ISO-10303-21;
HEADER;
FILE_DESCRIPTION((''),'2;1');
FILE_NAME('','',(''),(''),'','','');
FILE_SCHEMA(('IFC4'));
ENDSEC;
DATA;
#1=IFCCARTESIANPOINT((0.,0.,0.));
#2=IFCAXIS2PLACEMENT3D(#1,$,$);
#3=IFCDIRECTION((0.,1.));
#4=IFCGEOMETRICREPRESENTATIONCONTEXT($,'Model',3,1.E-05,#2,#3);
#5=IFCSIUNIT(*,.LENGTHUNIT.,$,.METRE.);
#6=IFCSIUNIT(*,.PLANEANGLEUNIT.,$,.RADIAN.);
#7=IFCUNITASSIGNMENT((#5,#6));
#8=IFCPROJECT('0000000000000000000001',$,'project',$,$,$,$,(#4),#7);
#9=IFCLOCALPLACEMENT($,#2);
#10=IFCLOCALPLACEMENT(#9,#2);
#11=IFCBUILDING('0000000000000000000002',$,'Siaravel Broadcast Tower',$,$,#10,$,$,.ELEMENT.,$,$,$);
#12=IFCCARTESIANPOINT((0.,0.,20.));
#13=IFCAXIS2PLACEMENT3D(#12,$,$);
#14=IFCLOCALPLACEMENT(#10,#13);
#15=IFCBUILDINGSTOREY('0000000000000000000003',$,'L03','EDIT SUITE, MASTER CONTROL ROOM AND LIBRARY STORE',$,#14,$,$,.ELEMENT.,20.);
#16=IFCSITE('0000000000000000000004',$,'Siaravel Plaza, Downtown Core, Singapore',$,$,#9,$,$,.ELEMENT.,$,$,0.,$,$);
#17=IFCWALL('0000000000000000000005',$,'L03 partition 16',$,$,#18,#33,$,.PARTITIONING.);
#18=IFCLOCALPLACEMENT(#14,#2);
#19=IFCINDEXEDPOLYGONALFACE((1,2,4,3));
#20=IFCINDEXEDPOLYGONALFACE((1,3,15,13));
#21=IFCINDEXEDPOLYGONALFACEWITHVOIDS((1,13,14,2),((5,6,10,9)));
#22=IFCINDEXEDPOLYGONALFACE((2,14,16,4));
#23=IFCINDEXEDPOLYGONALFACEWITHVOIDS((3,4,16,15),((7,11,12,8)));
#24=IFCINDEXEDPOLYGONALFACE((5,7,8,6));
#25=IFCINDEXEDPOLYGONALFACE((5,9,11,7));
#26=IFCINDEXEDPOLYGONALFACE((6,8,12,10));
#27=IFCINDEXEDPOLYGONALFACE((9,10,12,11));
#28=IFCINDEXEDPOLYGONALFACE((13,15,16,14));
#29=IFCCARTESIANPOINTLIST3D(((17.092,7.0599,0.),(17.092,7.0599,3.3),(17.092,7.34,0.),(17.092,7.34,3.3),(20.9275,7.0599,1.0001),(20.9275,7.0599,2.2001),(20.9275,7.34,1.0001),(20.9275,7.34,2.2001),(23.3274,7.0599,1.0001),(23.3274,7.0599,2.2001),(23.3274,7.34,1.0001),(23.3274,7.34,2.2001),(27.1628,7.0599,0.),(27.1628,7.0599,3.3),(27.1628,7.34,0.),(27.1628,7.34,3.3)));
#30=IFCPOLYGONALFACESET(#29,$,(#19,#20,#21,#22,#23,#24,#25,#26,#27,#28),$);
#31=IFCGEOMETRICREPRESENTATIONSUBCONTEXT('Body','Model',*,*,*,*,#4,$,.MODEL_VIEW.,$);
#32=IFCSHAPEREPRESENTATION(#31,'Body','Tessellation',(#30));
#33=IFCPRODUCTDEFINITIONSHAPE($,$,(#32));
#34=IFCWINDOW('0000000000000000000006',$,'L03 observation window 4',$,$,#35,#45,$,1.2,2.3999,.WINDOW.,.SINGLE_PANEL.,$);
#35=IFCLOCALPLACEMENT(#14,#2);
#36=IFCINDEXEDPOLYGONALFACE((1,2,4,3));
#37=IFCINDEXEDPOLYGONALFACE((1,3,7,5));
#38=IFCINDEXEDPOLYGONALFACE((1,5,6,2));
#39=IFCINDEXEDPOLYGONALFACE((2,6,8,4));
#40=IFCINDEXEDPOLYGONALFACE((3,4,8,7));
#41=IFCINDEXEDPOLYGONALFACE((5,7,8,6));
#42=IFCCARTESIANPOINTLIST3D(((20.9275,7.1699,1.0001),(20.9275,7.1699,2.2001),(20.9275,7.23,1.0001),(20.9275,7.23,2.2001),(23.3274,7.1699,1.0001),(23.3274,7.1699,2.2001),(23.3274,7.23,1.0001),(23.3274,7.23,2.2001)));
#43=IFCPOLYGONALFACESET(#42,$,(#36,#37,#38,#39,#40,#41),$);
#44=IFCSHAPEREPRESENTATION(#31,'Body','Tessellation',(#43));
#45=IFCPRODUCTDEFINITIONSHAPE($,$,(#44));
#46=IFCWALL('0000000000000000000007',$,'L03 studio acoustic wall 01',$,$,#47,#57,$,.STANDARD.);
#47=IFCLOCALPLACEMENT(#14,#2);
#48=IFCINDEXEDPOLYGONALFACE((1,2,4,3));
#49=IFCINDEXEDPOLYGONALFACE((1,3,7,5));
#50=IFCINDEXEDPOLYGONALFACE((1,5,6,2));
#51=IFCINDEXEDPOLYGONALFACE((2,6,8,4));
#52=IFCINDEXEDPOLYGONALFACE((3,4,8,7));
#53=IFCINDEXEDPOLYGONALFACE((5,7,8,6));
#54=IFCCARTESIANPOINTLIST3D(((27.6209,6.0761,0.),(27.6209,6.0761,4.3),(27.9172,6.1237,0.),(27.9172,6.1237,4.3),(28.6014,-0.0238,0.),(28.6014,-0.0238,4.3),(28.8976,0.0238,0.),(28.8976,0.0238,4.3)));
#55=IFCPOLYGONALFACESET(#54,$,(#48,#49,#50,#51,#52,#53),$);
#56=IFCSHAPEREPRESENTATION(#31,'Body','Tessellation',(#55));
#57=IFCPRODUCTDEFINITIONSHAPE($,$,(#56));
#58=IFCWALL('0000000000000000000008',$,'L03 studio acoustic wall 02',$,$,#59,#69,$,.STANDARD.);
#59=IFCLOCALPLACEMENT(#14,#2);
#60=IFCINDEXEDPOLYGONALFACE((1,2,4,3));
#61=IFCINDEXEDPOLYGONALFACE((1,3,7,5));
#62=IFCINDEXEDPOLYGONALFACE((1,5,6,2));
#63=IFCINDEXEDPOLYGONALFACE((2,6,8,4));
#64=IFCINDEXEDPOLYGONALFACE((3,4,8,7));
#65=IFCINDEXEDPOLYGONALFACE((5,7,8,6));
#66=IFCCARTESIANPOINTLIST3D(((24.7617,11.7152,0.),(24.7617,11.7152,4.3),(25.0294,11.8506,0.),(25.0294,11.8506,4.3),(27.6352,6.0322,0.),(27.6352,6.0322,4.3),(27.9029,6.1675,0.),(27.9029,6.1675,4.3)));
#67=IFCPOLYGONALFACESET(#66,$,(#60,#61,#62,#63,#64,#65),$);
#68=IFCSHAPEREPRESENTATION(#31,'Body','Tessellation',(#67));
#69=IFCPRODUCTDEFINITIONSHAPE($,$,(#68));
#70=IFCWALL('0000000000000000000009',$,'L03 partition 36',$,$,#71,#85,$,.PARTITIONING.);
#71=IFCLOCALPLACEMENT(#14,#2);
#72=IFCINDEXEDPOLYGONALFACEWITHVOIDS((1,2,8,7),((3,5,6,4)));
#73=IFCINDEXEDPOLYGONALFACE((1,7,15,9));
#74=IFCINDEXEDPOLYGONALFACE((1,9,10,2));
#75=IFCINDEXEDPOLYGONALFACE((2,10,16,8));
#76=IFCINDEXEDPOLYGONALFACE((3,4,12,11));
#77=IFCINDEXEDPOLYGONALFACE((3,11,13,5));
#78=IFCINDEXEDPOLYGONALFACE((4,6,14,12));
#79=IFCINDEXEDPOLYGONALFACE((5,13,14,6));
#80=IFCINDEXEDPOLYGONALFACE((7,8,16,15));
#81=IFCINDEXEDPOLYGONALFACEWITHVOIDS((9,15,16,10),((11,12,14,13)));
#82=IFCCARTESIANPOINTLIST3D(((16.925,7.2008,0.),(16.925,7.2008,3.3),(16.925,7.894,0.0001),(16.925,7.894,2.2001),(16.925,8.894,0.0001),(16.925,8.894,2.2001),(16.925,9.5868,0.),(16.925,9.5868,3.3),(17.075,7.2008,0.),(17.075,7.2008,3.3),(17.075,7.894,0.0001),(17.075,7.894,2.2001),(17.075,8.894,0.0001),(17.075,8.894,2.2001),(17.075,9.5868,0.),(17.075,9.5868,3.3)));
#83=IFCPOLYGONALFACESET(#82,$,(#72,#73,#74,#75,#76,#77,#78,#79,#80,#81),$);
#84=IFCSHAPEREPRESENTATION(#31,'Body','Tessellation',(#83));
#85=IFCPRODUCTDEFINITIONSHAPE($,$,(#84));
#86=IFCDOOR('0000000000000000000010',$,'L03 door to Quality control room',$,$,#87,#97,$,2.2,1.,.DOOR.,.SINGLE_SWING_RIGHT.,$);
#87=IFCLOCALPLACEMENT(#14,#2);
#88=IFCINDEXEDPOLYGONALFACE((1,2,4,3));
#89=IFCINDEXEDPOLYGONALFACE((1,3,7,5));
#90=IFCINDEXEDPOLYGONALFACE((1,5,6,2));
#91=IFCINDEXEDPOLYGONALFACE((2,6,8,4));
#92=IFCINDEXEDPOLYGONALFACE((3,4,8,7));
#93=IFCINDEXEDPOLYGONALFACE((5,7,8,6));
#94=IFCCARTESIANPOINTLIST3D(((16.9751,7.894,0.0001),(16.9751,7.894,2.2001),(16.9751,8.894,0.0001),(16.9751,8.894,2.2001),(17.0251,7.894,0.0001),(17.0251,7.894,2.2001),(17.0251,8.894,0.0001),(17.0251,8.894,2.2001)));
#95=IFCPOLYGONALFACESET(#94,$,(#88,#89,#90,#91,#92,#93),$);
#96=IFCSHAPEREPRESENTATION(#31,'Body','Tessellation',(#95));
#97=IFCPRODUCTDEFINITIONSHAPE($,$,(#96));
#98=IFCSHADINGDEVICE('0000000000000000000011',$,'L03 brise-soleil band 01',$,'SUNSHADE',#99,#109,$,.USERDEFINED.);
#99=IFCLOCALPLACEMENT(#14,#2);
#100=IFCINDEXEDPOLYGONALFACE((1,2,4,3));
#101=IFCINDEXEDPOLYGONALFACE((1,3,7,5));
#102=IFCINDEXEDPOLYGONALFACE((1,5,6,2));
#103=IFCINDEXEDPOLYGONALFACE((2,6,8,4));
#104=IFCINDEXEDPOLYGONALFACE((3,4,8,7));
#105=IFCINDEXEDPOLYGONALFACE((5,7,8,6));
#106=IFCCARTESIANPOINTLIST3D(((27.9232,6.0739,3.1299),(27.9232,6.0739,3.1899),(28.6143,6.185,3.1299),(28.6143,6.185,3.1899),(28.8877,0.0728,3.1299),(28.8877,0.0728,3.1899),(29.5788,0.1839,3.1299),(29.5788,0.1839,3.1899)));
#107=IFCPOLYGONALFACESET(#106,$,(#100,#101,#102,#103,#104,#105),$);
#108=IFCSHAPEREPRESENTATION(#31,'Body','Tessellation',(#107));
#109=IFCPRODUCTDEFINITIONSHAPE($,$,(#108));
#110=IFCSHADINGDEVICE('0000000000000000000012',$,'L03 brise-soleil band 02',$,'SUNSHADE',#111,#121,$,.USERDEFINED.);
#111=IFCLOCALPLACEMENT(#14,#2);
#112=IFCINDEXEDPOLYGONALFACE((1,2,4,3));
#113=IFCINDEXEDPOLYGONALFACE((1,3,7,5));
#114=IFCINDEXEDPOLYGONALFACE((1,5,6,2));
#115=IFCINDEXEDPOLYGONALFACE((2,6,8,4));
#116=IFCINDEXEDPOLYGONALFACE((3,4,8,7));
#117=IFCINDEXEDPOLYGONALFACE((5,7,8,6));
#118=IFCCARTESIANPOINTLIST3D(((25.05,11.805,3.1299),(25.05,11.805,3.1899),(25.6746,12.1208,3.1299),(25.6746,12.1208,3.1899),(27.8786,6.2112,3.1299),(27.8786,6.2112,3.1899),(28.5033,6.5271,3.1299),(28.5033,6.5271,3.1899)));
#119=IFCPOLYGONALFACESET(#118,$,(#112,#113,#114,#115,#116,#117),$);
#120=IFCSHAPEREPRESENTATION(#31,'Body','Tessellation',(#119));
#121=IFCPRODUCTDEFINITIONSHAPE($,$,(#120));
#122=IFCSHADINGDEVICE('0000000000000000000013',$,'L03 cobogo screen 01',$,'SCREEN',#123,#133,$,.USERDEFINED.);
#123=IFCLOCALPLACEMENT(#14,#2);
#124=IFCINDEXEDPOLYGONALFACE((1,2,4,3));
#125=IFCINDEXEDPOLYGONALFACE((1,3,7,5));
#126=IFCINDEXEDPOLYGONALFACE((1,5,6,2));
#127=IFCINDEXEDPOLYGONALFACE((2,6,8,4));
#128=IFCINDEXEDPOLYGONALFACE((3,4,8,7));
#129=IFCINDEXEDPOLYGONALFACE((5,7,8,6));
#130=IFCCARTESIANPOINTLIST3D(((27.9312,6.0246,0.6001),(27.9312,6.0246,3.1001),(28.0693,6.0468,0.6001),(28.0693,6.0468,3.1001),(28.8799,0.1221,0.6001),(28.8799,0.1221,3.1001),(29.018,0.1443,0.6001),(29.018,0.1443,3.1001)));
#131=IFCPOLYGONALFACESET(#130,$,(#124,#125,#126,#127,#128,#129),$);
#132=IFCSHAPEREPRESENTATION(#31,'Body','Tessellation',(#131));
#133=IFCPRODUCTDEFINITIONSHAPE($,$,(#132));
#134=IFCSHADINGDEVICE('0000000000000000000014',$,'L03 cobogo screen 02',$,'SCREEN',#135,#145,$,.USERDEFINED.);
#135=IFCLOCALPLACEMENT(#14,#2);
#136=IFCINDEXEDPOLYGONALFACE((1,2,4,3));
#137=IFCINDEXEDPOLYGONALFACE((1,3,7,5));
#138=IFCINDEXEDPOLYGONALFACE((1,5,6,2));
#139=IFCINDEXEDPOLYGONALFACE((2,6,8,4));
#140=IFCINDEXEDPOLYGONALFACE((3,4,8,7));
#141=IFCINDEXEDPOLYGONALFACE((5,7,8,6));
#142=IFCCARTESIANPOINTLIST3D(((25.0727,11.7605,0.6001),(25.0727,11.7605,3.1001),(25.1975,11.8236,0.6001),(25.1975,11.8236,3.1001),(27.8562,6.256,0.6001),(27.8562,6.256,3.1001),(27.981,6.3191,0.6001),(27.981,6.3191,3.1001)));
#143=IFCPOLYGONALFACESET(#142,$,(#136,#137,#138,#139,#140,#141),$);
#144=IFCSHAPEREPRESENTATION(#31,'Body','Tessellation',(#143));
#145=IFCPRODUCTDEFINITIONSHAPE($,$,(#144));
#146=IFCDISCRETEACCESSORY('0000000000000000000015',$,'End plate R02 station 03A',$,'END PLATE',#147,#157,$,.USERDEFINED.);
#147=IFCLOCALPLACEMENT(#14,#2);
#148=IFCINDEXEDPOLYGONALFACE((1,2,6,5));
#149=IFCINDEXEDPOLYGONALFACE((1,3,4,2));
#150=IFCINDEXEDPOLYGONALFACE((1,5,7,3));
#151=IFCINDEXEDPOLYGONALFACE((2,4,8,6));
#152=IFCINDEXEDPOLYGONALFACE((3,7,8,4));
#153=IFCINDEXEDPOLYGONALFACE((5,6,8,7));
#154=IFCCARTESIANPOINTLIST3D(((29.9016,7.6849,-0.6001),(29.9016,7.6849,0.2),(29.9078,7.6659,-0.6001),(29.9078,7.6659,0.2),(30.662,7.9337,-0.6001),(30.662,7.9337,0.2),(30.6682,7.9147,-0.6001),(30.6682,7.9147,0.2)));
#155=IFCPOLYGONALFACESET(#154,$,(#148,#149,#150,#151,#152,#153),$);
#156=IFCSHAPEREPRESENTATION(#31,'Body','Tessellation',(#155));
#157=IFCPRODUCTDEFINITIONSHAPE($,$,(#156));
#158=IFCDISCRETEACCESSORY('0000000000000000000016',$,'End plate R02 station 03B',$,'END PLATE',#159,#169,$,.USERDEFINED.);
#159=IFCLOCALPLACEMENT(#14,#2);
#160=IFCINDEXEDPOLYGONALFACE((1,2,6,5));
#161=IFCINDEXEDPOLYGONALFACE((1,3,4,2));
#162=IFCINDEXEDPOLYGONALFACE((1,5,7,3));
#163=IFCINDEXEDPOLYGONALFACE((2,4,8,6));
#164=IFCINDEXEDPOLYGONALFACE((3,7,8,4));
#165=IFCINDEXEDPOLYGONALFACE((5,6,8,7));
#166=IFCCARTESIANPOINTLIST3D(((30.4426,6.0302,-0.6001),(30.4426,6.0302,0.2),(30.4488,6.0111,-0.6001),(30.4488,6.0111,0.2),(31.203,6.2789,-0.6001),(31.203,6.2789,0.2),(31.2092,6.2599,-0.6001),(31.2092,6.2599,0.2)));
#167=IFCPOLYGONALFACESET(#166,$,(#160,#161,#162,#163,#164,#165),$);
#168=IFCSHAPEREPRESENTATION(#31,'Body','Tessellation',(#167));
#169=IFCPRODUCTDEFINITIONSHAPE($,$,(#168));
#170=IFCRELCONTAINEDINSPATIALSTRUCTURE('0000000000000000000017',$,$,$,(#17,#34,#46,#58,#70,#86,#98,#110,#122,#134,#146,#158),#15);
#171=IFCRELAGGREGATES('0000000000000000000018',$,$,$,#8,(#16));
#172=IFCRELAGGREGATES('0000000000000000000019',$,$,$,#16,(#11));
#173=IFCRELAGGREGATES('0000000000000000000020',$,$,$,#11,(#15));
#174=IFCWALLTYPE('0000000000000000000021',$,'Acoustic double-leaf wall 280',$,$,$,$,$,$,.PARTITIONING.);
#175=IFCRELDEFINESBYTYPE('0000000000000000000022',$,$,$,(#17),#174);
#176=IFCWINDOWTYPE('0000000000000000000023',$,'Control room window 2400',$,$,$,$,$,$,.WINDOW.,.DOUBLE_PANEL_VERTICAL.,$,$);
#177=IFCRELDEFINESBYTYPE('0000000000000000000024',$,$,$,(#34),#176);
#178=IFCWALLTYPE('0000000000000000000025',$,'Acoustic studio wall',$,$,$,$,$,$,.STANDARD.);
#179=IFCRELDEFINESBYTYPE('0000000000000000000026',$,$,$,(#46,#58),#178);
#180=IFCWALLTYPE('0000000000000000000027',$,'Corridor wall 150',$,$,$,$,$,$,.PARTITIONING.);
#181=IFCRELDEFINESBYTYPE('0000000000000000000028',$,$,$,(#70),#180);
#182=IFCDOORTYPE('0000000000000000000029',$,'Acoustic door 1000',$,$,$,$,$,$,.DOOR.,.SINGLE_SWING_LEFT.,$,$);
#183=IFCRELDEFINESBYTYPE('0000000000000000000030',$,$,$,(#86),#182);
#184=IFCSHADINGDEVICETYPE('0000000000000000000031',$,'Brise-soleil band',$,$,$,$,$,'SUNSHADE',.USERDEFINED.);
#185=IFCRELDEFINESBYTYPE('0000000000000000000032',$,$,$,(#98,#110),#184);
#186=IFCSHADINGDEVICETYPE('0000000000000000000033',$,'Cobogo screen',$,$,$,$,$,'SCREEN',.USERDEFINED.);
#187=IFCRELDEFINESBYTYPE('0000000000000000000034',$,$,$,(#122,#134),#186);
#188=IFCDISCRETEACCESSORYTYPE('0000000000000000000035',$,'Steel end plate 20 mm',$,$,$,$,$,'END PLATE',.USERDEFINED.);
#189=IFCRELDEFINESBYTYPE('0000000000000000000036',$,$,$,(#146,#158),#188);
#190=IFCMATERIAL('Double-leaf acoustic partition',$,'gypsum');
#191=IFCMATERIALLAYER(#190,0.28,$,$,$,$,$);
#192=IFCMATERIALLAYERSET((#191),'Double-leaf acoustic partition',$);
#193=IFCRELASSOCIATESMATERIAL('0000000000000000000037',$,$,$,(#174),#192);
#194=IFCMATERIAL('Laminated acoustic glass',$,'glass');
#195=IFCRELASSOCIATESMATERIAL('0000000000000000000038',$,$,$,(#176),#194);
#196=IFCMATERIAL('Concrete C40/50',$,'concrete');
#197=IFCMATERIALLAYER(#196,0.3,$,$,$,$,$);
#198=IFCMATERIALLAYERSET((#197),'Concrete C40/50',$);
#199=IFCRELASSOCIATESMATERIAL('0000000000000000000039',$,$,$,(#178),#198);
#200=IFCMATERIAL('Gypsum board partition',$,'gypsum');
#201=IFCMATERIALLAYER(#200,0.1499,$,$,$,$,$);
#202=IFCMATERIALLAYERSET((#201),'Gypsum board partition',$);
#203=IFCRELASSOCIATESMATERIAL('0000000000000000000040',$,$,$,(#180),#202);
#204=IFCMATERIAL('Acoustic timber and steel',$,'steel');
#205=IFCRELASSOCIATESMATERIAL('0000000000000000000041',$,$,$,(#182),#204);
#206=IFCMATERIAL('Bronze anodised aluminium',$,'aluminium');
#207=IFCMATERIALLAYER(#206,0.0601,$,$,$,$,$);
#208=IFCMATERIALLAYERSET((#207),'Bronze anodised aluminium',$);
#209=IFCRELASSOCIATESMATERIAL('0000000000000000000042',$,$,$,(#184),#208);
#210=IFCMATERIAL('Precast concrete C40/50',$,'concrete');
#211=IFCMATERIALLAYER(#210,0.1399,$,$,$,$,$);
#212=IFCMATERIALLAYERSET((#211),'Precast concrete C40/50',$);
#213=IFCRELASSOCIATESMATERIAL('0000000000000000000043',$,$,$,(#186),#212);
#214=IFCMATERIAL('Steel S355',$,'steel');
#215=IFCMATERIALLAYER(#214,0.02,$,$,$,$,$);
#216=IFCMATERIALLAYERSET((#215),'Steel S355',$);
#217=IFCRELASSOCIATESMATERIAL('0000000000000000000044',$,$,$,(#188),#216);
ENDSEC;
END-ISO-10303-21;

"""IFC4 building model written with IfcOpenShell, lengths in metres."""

from ifc_helpers import new_model, si_unit, direction, frame, frame_2d, origin, origin_2d, place, context, subcontext, project, spatial, rectangle, extrude, material, layer, layer_set, type_object, element, fill, save


model = new_model("IFC4")

# Units and contexts
model_context = context("Model", 3, precision=1e-05, world=origin(), true_north=direction((0.0, 1.0)))
body_context = subcontext(model_context, "Body", "Model", "MODEL_VIEW")
ifc_project = project(units=[si_unit("LENGTHUNIT", "METRE"), si_unit("PLANEANGLEUNIT", "RADIAN")], contexts=[model_context])

# Site, building, storey
site_placement = place(None, origin())
site = spatial("IfcSite", under=ifc_project, at=site_placement, Name="Siaravel Plaza, Downtown Core, Singapore", CompositionType="ELEMENT", RefElevation=0.0)
building_placement = place(site_placement, origin())
building = spatial("IfcBuilding", under=site, at=building_placement, Name="Siaravel Broadcast Tower", CompositionType="ELEMENT")
storey_placement = place(building_placement, frame((0.0, 0.0, 20.0)))
storey = spatial("IfcBuildingStorey", under=building, at=storey_placement, Name="L03", Description="EDIT SUITE, MASTER CONTROL ROOM AND LIBRARY STORE", CompositionType="ELEMENT", Elevation=20.0)

# Shared definitions
ifc_material_1 = material(Name="Steel S355", Category="steel")

# Wall, opening, window
ifc_material_2 = material(Name="Double-leaf acoustic partition", Category="gypsum")
ifc_layer_1 = layer(ifc_material_2, 0.28)
ifc_layer_set_1 = layer_set([ifc_layer_1], Name="Double-leaf acoustic partition")
wall_type_1 = type_object("IfcWallType", Name="Acoustic double-leaf wall 280", PredefinedType="PARTITIONING", material=ifc_layer_set_1)
wall_1_placement = place(storey_placement, frame((27.1628, 7.2, 0.0), z_axis=(0.0, 0.0, 1.0), x_axis=(-1.0, 0.0, 0.0)))
wall_1 = element("IfcWall", 1, at=wall_1_placement, inside=storey, type_object=wall_type_1, Name="L03 partition 16", PredefinedType="PARTITIONING", context=body_context, shape_type="SweptSolid", body=[
    extrude(rectangle(XDim=10.0708, YDim=0.28, at=frame_2d((5.0354, 0.0))), origin(), (0.0, 0.0, 1.0), 3.3),
])
opening_1_placement = place(wall_1_placement, frame((3.8354, 0.0, 1.0)))
opening_1 = element("IfcOpeningElement", 2, at=opening_1_placement, cuts=wall_1, PredefinedType="OPENING", context=body_context, shape_type="SweptSolid", body=[
    extrude(rectangle(XDim=2.3999, YDim=1.2, at=frame_2d((1.2, 0.6001))), frame((0.0, 0.1499, 0.0), z_axis=(0.0, -1.0, 0.0), x_axis=(1.0, 0.0, 0.0)), (0.0, 0.0, 1.0), 0.3),
])
ifc_material_3 = material(Name="Laminated acoustic glass", Category="glass")
window_type = type_object("IfcWindowType", Name="Control room window 2400", PartitioningType="DOUBLE_PANEL_VERTICAL", PredefinedType="WINDOW", material=ifc_material_3)
window_placement = place(opening_1_placement, origin())
window = element("IfcWindow", 3, at=window_placement, inside=storey, type_object=window_type, Name="L03 observation window 4", OverallHeight=1.2, OverallWidth=2.3999, PartitioningType="SINGLE_PANEL", PredefinedType="WINDOW", context=body_context, shape_type="SweptSolid", body=[
    extrude(rectangle(XDim=2.3999, YDim=1.2, at=frame_2d((1.2, 0.6001))), frame((0.0, 0.03, 0.0), z_axis=(0.0, -1.0, 0.0), x_axis=(1.0, 0.0, 0.0)), (0.0, 0.0, 1.0), 0.0601),
])
fill(opening_1, window)

# Walls
ifc_material_4 = material(Name="Concrete C40/50", Category="concrete")
ifc_layer_2 = layer(ifc_material_4, 0.3)
ifc_layer_set_2 = layer_set([ifc_layer_2], Name="Concrete C40/50")
wall_type_2 = type_object("IfcWallType", Name="Acoustic studio wall", PredefinedType="STANDARD", material=ifc_layer_set_2)
wall_2_placement = place(storey_placement, frame((28.7495, 0.0, 0.0), z_axis=(0.0, 0.0, 1.0), x_axis=(-0.158699, 0.987327, 0.0)))
element("IfcWall", 4, at=wall_2_placement, inside=storey, type_object=wall_type_2, Name="L03 studio acoustic wall 01", PredefinedType="STANDARD", context=body_context, shape_type="SweptSolid", body=[
    extrude(rectangle(XDim=6.1782, YDim=0.3, at=frame_2d((3.0891, 0.0))), origin(), (0.0, 0.0, 1.0), 4.3),
])
wall_3_placement = place(storey_placement, frame((27.769, 6.0999, 0.0), z_axis=(0.0, 0.0, 1.0), x_axis=(-0.451227, 0.892409, 0.0)))
element("IfcWall", 5, at=wall_3_placement, inside=storey, type_object=wall_type_2, Name="L03 studio acoustic wall 02", PredefinedType="STANDARD", context=body_context, shape_type="SweptSolid", body=[
    extrude(rectangle(XDim=6.3682, YDim=0.3, at=frame_2d((3.1841, 0.0))), origin(), (0.0, 0.0, 1.0), 4.3),
])

# Wall, opening, door
ifc_material_5 = material(Name="Gypsum board partition", Category="gypsum")
ifc_layer_3 = layer(ifc_material_5, 0.1499)
ifc_layer_set_3 = layer_set([ifc_layer_3], Name="Gypsum board partition")
wall_type_3 = type_object("IfcWallType", Name="Corridor wall 150", PredefinedType="PARTITIONING", material=ifc_layer_set_3)
wall_4_placement = place(storey_placement, frame((17.0, 7.2009, 0.0), z_axis=(0.0, 0.0, 1.0), x_axis=(0.0, 1.0, 0.0)))
wall_4 = element("IfcWall", 6, at=wall_4_placement, inside=storey, type_object=wall_type_3, Name="L03 partition 36", PredefinedType="PARTITIONING", context=body_context, shape_type="SweptSolid", body=[
    extrude(rectangle(XDim=2.386, YDim=0.1499, at=frame_2d((1.1929, 0.0))), origin(), (0.0, 0.0, 1.0), 3.3),
])
opening_2_placement = place(wall_4_placement, frame((0.6931, 0.0, 0.0)))
opening_2 = element("IfcOpeningElement", 7, at=opening_2_placement, cuts=wall_4, PredefinedType="OPENING", context=body_context, shape_type="SweptSolid", body=[
    extrude(rectangle(XDim=1.0, YDim=2.2, at=frame_2d((0.5, 1.1001))), frame((0.0, 0.085, 0.0), z_axis=(0.0, -1.0, 0.0), x_axis=(1.0, 0.0, 0.0)), (0.0, 0.0, 1.0), 0.1699),
])
ifc_material_6 = material(Name="Acoustic timber and steel", Category="steel")
door_type = type_object("IfcDoorType", Name="Acoustic door 1000", OperationType="SINGLE_SWING_LEFT", PredefinedType="DOOR", material=ifc_material_6)
door_placement = place(opening_2_placement, origin())
door = element("IfcDoor", 8, at=door_placement, inside=storey, type_object=door_type, Name="L03 door to Quality control room", OperationType="SINGLE_SWING_RIGHT", OverallHeight=2.2, OverallWidth=1.0, PredefinedType="DOOR", context=body_context, shape_type="SweptSolid", body=[
    extrude(rectangle(XDim=1.0, YDim=2.2, at=frame_2d((0.5, 1.1001))), frame((0.0, 0.0249, 0.0), z_axis=(0.0, -1.0, 0.0), x_axis=(1.0, 0.0, 0.0)), (0.0, 0.0, 1.0), 0.05),
])
fill(opening_2, door)

# Shading devices
ifc_material_7 = material(Name="Bronze anodised aluminium", Category="aluminium")
ifc_layer_4 = layer(ifc_material_7, 0.0601)
ifc_layer_set_4 = layer_set([ifc_layer_4], Name="Bronze anodised aluminium")
shading_device_type_1 = type_object("IfcShadingDeviceType", Name="Brise-soleil band", ElementType="SUNSHADE", PredefinedType="USERDEFINED", material=ifc_layer_set_4)
shading_device_1_placement = place(storey_placement, frame((28.751, 3.1289, 3.1299), z_axis=(0.0, 0.0, 1.0), x_axis=(-0.158685, 0.987329, 0.0)))
element("IfcShadingDevice", 9, at=shading_device_1_placement, inside=storey, type_object=shading_device_type_1, Name="L03 brise-soleil band 01", ObjectType="SUNSHADE", PredefinedType="USERDEFINED", context=body_context, shape_type="SweptSolid", body=[
    extrude(rectangle(XDim=6.0781, YDim=0.7, at=origin_2d()), origin(), (0.0, 0.0, 1.0), 0.0601),
])
shading_device_2_placement = place(storey_placement, frame((26.7766, 9.166, 3.1299), z_axis=(0.0, 0.0, 1.0), x_axis=(-0.451262, 0.892391, 0.0)))
element("IfcShadingDevice", 10, at=shading_device_2_placement, inside=storey, type_object=shading_device_type_1, Name="L03 brise-soleil band 02", ObjectType="SUNSHADE", PredefinedType="USERDEFINED", context=body_context, shape_type="SweptSolid", body=[
    extrude(rectangle(XDim=6.2683, YDim=0.7, at=origin_2d()), origin(), (0.0, 0.0, 1.0), 0.0601),
])
ifc_material_8 = material(Name="Precast concrete C40/50", Category="concrete")
ifc_layer_5 = layer(ifc_material_8, 0.1399)
ifc_layer_set_5 = layer_set([ifc_layer_5], Name="Precast concrete C40/50")
shading_device_type_2 = type_object("IfcShadingDeviceType", Name="Cobogo screen", ElementType="SCREEN", PredefinedType="USERDEFINED", material=ifc_layer_set_5)
shading_device_3_placement = place(storey_placement, frame((28.4746, 3.0845, 0.6001), z_axis=(0.0, 0.0, 1.0), x_axis=(-0.158685, 0.987329, 0.0)))
element("IfcShadingDevice", 11, at=shading_device_3_placement, inside=storey, type_object=shading_device_type_2, Name="L03 cobogo screen 01", ObjectType="SCREEN", PredefinedType="USERDEFINED", context=body_context, shape_type="SweptSolid", body=[
    extrude(rectangle(XDim=5.9783, YDim=0.1399, at=origin_2d()), origin(), (0.0, 0.0, 1.0), 2.5),
])
shading_device_4_placement = place(storey_placement, frame((26.5269, 9.0398, 0.6001), z_axis=(0.0, 0.0, 1.0), x_axis=(-0.451262, 0.892391, 0.0)))
element("IfcShadingDevice", 12, at=shading_device_4_placement, inside=storey, type_object=shading_device_type_2, Name="L03 cobogo screen 02", ObjectType="SCREEN", PredefinedType="USERDEFINED", context=body_context, shape_type="SweptSolid", body=[
    extrude(rectangle(XDim=6.1682, YDim=0.1399, at=origin_2d()), origin(), (0.0, 0.0, 1.0), 2.5),
])

# Discrete accessories
ifc_layer_6 = layer(ifc_material_1, 0.02)
ifc_layer_set_6 = layer_set([ifc_layer_6], Name="Steel S355")
discrete_accessory_type = type_object("IfcDiscreteAccessoryType", Name="Steel end plate 20 mm", ElementType="END PLATE", PredefinedType="USERDEFINED", material=ifc_layer_set_6)
for number, where, z_axis, x_axis, name in (
    (13, (30.2849, 7.7998, -0.6001), (0.0, 0.0, 1.0), (-0.310909, 0.95044, 0.0), "End plate R02 station 03A"),
    (14, (30.8259, 6.145, -0.6001), (0.0, 0.0, 1.0), (-0.310909, 0.95044, 0.0), "End plate R02 station 03B"),
):
    element("IfcDiscreteAccessory", number, at=place(storey_placement, frame(where, z_axis=z_axis, x_axis=x_axis)), inside=storey, type_object=discrete_accessory_type, Name=name, ObjectType="END PLATE", PredefinedType="USERDEFINED", context=body_context, shape_type="SweptSolid", body=[
        extrude(rectangle(XDim=0.02, YDim=0.8, at=origin_2d()), origin(), (0.0, 0.0, 1.0), 0.8),
    ])

save(model, "model.ifc")
